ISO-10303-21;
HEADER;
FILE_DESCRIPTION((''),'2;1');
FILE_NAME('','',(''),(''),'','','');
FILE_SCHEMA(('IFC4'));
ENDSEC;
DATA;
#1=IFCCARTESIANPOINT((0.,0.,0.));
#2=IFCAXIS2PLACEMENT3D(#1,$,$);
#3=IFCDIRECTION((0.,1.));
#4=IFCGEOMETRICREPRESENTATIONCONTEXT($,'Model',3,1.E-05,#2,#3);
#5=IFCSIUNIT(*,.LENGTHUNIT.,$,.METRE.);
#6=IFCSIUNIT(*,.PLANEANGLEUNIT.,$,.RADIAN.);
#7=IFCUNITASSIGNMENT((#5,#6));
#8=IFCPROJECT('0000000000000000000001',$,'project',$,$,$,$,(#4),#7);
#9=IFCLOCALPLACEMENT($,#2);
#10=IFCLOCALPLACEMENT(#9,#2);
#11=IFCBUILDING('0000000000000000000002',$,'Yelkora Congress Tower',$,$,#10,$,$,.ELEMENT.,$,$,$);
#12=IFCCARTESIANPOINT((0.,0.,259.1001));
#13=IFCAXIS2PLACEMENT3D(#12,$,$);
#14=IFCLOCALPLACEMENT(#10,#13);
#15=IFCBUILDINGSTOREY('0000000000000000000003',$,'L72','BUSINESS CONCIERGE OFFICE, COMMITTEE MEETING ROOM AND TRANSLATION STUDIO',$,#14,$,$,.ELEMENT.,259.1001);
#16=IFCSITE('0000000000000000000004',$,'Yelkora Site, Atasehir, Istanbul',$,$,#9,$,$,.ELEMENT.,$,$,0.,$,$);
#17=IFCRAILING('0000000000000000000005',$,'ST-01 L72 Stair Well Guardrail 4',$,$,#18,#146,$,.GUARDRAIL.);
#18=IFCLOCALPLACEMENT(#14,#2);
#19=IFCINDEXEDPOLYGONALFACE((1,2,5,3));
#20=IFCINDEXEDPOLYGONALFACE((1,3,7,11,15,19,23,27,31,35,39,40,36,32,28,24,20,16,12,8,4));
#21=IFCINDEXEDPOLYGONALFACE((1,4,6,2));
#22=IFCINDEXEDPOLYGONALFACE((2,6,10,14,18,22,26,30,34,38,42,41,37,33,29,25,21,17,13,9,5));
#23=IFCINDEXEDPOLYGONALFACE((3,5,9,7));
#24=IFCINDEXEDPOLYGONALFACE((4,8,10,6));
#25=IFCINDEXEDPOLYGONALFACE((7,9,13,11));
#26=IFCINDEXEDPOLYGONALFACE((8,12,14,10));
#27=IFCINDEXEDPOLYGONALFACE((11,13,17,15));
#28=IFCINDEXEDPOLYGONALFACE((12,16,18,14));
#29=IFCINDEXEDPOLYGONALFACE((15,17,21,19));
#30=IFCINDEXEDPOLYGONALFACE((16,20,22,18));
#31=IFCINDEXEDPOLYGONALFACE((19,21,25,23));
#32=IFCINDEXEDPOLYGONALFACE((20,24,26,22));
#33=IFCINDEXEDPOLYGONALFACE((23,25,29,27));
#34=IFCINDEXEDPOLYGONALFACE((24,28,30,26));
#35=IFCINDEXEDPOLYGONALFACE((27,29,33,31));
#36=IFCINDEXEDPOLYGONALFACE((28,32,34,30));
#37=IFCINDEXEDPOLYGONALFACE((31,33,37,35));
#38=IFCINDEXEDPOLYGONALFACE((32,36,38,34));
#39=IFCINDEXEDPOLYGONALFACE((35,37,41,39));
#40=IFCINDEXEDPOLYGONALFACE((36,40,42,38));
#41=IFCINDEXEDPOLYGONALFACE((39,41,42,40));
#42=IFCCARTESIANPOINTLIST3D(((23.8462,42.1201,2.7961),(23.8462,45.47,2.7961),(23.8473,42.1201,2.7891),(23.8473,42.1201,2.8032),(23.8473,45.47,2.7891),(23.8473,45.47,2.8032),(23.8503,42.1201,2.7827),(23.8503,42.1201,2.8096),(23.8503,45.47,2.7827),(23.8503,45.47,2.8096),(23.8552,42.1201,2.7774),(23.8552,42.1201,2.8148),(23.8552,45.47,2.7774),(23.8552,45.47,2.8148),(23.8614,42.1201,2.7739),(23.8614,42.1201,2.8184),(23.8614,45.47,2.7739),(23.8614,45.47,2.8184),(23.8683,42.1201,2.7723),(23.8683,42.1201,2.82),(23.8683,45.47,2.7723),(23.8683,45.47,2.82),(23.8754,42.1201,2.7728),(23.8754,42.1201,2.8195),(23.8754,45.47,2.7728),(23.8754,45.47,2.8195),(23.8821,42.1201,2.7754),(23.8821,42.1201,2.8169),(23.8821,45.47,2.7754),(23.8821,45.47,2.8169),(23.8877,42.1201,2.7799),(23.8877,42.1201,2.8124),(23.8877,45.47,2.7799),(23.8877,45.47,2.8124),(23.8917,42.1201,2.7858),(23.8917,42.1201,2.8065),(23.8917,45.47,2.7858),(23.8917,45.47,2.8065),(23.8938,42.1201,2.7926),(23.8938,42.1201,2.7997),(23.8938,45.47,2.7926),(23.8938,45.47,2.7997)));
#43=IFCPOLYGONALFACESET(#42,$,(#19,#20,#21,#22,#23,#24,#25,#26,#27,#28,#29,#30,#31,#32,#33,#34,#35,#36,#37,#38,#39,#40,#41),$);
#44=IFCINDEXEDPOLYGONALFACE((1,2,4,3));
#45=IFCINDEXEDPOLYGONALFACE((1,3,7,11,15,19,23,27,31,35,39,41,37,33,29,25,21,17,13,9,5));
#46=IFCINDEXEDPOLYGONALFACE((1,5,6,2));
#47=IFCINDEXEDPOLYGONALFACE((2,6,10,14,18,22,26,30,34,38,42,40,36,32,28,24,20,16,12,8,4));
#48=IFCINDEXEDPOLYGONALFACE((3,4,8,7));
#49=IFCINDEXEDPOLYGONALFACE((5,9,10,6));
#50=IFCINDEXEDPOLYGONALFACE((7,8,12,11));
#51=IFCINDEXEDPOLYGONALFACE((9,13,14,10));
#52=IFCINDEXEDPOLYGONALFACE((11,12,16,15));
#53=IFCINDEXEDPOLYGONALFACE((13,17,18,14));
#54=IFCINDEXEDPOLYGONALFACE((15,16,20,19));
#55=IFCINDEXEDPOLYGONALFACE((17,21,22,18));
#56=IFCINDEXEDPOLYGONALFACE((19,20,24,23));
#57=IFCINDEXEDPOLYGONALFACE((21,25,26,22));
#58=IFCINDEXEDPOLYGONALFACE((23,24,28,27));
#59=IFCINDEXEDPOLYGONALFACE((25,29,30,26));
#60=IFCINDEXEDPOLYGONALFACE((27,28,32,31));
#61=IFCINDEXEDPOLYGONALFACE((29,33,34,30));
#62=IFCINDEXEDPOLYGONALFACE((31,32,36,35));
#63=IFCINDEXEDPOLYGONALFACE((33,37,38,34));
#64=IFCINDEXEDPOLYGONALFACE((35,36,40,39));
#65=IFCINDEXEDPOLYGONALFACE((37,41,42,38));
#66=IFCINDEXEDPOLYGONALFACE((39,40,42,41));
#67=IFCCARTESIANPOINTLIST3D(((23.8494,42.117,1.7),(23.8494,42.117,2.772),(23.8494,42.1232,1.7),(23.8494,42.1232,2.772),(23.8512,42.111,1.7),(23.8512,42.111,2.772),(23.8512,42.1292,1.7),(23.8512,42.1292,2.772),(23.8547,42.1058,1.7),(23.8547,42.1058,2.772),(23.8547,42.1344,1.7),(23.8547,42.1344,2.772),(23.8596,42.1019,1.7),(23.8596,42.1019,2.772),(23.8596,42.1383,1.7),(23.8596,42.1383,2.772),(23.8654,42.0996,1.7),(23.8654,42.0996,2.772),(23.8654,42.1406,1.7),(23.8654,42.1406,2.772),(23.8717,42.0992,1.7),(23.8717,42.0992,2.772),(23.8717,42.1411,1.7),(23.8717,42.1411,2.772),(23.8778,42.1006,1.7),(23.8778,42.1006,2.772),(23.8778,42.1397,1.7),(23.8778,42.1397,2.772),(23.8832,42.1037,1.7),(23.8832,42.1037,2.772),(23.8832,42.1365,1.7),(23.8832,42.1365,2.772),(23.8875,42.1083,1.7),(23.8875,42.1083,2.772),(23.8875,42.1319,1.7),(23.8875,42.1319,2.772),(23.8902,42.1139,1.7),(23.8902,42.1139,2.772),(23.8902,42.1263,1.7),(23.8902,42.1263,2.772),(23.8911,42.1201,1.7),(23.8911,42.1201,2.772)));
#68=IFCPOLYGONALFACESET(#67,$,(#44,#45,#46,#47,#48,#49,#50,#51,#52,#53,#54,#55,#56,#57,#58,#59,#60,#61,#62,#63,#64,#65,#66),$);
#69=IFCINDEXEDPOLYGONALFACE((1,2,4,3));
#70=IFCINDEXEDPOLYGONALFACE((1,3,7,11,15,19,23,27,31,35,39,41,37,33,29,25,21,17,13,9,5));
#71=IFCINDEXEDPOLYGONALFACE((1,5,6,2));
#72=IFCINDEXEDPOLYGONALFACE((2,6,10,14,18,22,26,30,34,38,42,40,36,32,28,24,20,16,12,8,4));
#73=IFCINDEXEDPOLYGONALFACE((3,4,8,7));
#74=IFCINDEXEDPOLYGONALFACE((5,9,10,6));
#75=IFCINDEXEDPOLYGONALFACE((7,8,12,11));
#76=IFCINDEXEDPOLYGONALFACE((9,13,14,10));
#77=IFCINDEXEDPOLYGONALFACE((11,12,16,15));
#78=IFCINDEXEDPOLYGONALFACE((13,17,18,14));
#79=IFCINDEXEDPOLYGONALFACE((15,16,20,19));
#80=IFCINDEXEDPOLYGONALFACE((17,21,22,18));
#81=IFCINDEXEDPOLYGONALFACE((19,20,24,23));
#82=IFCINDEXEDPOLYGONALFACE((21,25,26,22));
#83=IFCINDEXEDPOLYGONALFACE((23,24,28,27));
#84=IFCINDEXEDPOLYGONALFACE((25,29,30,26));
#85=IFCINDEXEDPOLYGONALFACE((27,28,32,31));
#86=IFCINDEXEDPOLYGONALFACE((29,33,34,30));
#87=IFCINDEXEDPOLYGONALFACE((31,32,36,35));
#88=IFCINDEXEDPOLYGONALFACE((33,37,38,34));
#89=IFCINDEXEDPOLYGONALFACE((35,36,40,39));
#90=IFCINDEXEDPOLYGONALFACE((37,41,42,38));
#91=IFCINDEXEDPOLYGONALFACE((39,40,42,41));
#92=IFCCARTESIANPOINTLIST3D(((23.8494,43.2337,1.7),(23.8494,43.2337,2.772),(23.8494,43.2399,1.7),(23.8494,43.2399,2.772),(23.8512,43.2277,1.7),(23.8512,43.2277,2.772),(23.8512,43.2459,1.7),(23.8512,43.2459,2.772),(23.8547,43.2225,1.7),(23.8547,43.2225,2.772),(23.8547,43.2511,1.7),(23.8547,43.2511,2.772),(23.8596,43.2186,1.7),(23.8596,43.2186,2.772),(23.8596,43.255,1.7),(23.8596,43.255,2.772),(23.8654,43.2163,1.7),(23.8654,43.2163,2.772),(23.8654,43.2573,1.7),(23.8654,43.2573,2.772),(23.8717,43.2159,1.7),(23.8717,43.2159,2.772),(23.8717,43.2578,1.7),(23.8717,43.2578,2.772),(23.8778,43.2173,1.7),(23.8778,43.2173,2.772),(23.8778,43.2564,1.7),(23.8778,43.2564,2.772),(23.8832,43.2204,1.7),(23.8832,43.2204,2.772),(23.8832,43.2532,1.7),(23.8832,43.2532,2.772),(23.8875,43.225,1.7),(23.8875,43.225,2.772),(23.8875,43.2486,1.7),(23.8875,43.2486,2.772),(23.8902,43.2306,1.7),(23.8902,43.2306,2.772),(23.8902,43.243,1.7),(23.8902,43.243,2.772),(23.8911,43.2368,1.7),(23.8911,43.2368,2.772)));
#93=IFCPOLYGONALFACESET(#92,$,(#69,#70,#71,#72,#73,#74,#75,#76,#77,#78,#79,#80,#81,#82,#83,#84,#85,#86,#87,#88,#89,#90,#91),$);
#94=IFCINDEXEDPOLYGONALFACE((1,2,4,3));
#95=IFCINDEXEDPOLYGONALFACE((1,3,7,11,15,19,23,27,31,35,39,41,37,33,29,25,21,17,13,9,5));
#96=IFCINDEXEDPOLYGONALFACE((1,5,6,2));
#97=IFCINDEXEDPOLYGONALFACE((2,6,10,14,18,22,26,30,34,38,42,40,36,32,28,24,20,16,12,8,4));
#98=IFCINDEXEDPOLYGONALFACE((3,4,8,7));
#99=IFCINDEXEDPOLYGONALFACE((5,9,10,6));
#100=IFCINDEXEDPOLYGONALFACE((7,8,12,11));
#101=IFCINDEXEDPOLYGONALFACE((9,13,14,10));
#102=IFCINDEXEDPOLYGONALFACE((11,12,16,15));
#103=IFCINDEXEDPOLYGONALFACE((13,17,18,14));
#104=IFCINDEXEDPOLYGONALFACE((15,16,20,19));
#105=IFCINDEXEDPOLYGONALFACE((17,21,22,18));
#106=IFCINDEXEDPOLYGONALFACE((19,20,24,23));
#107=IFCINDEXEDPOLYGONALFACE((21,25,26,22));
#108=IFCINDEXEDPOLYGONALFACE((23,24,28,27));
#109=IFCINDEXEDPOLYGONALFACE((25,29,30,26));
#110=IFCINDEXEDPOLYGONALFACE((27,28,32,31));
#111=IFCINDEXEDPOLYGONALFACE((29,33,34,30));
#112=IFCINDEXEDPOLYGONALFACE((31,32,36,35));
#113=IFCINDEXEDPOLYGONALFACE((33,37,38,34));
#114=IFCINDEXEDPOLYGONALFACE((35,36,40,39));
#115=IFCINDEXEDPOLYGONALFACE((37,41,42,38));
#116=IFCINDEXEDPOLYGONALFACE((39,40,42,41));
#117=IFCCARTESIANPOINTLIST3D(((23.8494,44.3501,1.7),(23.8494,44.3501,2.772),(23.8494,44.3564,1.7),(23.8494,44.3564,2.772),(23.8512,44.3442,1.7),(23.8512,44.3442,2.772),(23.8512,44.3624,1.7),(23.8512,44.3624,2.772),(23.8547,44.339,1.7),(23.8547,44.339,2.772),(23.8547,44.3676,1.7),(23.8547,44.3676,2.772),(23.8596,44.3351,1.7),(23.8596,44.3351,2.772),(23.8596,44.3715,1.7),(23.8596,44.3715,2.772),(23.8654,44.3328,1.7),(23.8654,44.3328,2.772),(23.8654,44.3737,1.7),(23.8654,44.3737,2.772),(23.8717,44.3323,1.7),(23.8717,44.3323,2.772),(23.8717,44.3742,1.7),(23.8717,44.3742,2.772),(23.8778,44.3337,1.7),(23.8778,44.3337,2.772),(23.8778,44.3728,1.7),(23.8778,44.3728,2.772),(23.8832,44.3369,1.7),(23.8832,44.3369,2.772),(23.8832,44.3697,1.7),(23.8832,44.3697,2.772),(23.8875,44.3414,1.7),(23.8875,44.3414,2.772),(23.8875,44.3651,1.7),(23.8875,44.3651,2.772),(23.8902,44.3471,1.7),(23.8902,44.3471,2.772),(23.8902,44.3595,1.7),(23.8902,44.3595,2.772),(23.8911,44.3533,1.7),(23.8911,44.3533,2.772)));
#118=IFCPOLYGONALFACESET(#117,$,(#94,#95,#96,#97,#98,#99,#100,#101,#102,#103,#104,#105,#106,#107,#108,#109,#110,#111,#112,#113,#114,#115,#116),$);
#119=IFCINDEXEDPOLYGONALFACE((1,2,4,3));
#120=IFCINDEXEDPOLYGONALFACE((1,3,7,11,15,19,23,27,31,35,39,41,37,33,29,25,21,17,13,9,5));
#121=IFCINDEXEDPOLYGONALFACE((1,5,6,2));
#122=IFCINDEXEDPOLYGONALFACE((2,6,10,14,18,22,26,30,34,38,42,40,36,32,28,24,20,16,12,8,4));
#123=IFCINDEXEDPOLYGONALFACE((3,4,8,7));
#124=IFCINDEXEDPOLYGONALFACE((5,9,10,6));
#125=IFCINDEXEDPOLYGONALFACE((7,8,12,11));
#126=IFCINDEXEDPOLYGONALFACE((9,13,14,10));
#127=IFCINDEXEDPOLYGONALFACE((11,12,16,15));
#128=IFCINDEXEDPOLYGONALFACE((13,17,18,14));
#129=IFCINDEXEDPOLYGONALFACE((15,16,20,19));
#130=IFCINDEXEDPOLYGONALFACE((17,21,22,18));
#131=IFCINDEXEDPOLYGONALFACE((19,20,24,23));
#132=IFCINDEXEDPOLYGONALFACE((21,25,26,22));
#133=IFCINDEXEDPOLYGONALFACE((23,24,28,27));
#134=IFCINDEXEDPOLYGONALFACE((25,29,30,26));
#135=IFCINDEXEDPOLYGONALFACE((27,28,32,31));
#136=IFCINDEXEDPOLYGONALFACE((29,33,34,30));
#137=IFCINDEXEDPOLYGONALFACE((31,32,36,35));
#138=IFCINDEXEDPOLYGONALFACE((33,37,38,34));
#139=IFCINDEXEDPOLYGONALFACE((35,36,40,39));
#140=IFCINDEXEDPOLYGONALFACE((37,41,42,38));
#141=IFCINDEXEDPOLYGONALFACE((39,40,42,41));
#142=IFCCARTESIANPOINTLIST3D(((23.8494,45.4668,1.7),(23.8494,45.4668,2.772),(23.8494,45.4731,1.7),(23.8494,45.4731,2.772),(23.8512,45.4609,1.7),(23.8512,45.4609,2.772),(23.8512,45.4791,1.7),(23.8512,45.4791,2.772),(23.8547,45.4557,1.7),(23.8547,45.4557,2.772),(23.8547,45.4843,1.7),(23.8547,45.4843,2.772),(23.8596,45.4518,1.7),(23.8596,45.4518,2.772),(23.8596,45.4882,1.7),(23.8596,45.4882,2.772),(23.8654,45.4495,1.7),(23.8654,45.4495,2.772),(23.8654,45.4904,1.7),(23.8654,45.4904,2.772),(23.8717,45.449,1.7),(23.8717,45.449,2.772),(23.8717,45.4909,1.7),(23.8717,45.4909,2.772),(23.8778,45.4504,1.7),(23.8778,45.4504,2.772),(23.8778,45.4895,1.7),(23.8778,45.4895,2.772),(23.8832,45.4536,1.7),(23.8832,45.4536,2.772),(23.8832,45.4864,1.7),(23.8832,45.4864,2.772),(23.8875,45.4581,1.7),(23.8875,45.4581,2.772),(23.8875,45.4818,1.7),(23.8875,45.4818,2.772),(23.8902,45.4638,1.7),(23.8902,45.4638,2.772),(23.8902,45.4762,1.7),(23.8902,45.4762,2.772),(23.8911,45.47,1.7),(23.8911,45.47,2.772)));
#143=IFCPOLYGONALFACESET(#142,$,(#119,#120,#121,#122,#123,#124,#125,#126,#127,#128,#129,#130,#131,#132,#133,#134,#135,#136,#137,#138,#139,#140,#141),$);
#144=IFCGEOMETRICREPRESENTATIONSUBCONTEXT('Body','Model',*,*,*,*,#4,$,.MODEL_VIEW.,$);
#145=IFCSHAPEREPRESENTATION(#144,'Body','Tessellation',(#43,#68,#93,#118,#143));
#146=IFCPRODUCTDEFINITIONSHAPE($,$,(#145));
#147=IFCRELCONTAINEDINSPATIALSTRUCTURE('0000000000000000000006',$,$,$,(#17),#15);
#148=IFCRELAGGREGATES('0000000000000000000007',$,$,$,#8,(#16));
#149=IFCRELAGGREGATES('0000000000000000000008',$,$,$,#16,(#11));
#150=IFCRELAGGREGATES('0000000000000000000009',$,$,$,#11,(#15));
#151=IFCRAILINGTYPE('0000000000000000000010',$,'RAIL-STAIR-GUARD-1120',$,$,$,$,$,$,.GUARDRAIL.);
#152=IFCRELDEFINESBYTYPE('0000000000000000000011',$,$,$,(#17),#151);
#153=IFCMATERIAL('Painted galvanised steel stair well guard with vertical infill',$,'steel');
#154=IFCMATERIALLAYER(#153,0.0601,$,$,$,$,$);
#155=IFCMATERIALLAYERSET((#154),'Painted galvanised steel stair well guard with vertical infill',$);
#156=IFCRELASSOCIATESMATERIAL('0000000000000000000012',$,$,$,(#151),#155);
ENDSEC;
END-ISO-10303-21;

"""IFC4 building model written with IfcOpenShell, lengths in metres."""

from ifc_helpers import new_model, si_unit, direction, frame, origin, origin_2d, place, context, subcontext, project, spatial, circle, extrude, material, layer, layer_set, type_object, element, save


model = new_model("IFC4")

# Units and contexts
model_context = context("Model", 3, precision=1e-05, world=origin(), true_north=direction((0.0, 1.0)))
body_context = subcontext(model_context, "Body", "Model", "MODEL_VIEW")
ifc_project = project(units=[si_unit("LENGTHUNIT", "METRE"), si_unit("PLANEANGLEUNIT", "RADIAN")], contexts=[model_context])

# Site, building, storey
site_placement = place(None, origin())
site = spatial("IfcSite", under=ifc_project, at=site_placement, Name="Yelkora Site, Atasehir, Istanbul", CompositionType="ELEMENT", RefElevation=0.0)
building_placement = place(site_placement, origin())
building = spatial("IfcBuilding", under=site, at=building_placement, Name="Yelkora Congress Tower", CompositionType="ELEMENT")
storey_placement = place(building_placement, frame((0.0, 0.0, 259.1001)))
storey = spatial("IfcBuildingStorey", under=building, at=storey_placement, Name="L72", Description="BUSINESS CONCIERGE OFFICE, COMMITTEE MEETING ROOM AND TRANSLATION STUDIO", CompositionType="ELEMENT", Elevation=259.1001)

# Railing
ifc_material_1 = material(Name="Painted galvanised steel stair well guard with vertical infill", Category="steel")
ifc_layer_1 = layer(ifc_material_1, 0.0601)
ifc_layer_set_1 = layer_set([ifc_layer_1], Name="Painted galvanised steel stair well guard with vertical infill")
railing_type_1 = type_object("IfcRailingType", Name="RAIL-STAIR-GUARD-1120", PredefinedType="GUARDRAIL", material=ifc_layer_set_1)
railing_1_placement = place(storey_placement, frame((23.8701, 42.1201, 1.7)))
element("IfcRailing", 1, at=railing_1_placement, inside=storey, type_object=railing_type_1, Name="ST-01 L72 Stair Well Guardrail 4", PredefinedType="GUARDRAIL", context=body_context, shape_type="SweptSolid", body=[
    extrude(circle(Radius=0.0239, at=origin_2d()), frame((0.0, 0.0, 1.0962), z_axis=(0.0, 1.0, 0.0), x_axis=(-1.0, 0.0, 0.0)), (0.0, 0.0, 1.0), 3.3499),
    extrude(circle(Radius=0.021, at=origin_2d()), origin(), (0.0, 0.0, 1.0), 1.072),
    extrude(circle(Radius=0.021, at=origin_2d()), frame((0.0, 1.1167, 0.0)), (0.0, 0.0, 1.0), 1.072),
    extrude(circle(Radius=0.021, at=origin_2d()), frame((0.0, 2.2332, 0.0)), (0.0, 0.0, 1.0), 1.072),
    extrude(circle(Radius=0.021, at=origin_2d()), frame((0.0, 3.3499, 0.0)), (0.0, 0.0, 1.0), 1.072),
])

save(model, "model.ifc")
